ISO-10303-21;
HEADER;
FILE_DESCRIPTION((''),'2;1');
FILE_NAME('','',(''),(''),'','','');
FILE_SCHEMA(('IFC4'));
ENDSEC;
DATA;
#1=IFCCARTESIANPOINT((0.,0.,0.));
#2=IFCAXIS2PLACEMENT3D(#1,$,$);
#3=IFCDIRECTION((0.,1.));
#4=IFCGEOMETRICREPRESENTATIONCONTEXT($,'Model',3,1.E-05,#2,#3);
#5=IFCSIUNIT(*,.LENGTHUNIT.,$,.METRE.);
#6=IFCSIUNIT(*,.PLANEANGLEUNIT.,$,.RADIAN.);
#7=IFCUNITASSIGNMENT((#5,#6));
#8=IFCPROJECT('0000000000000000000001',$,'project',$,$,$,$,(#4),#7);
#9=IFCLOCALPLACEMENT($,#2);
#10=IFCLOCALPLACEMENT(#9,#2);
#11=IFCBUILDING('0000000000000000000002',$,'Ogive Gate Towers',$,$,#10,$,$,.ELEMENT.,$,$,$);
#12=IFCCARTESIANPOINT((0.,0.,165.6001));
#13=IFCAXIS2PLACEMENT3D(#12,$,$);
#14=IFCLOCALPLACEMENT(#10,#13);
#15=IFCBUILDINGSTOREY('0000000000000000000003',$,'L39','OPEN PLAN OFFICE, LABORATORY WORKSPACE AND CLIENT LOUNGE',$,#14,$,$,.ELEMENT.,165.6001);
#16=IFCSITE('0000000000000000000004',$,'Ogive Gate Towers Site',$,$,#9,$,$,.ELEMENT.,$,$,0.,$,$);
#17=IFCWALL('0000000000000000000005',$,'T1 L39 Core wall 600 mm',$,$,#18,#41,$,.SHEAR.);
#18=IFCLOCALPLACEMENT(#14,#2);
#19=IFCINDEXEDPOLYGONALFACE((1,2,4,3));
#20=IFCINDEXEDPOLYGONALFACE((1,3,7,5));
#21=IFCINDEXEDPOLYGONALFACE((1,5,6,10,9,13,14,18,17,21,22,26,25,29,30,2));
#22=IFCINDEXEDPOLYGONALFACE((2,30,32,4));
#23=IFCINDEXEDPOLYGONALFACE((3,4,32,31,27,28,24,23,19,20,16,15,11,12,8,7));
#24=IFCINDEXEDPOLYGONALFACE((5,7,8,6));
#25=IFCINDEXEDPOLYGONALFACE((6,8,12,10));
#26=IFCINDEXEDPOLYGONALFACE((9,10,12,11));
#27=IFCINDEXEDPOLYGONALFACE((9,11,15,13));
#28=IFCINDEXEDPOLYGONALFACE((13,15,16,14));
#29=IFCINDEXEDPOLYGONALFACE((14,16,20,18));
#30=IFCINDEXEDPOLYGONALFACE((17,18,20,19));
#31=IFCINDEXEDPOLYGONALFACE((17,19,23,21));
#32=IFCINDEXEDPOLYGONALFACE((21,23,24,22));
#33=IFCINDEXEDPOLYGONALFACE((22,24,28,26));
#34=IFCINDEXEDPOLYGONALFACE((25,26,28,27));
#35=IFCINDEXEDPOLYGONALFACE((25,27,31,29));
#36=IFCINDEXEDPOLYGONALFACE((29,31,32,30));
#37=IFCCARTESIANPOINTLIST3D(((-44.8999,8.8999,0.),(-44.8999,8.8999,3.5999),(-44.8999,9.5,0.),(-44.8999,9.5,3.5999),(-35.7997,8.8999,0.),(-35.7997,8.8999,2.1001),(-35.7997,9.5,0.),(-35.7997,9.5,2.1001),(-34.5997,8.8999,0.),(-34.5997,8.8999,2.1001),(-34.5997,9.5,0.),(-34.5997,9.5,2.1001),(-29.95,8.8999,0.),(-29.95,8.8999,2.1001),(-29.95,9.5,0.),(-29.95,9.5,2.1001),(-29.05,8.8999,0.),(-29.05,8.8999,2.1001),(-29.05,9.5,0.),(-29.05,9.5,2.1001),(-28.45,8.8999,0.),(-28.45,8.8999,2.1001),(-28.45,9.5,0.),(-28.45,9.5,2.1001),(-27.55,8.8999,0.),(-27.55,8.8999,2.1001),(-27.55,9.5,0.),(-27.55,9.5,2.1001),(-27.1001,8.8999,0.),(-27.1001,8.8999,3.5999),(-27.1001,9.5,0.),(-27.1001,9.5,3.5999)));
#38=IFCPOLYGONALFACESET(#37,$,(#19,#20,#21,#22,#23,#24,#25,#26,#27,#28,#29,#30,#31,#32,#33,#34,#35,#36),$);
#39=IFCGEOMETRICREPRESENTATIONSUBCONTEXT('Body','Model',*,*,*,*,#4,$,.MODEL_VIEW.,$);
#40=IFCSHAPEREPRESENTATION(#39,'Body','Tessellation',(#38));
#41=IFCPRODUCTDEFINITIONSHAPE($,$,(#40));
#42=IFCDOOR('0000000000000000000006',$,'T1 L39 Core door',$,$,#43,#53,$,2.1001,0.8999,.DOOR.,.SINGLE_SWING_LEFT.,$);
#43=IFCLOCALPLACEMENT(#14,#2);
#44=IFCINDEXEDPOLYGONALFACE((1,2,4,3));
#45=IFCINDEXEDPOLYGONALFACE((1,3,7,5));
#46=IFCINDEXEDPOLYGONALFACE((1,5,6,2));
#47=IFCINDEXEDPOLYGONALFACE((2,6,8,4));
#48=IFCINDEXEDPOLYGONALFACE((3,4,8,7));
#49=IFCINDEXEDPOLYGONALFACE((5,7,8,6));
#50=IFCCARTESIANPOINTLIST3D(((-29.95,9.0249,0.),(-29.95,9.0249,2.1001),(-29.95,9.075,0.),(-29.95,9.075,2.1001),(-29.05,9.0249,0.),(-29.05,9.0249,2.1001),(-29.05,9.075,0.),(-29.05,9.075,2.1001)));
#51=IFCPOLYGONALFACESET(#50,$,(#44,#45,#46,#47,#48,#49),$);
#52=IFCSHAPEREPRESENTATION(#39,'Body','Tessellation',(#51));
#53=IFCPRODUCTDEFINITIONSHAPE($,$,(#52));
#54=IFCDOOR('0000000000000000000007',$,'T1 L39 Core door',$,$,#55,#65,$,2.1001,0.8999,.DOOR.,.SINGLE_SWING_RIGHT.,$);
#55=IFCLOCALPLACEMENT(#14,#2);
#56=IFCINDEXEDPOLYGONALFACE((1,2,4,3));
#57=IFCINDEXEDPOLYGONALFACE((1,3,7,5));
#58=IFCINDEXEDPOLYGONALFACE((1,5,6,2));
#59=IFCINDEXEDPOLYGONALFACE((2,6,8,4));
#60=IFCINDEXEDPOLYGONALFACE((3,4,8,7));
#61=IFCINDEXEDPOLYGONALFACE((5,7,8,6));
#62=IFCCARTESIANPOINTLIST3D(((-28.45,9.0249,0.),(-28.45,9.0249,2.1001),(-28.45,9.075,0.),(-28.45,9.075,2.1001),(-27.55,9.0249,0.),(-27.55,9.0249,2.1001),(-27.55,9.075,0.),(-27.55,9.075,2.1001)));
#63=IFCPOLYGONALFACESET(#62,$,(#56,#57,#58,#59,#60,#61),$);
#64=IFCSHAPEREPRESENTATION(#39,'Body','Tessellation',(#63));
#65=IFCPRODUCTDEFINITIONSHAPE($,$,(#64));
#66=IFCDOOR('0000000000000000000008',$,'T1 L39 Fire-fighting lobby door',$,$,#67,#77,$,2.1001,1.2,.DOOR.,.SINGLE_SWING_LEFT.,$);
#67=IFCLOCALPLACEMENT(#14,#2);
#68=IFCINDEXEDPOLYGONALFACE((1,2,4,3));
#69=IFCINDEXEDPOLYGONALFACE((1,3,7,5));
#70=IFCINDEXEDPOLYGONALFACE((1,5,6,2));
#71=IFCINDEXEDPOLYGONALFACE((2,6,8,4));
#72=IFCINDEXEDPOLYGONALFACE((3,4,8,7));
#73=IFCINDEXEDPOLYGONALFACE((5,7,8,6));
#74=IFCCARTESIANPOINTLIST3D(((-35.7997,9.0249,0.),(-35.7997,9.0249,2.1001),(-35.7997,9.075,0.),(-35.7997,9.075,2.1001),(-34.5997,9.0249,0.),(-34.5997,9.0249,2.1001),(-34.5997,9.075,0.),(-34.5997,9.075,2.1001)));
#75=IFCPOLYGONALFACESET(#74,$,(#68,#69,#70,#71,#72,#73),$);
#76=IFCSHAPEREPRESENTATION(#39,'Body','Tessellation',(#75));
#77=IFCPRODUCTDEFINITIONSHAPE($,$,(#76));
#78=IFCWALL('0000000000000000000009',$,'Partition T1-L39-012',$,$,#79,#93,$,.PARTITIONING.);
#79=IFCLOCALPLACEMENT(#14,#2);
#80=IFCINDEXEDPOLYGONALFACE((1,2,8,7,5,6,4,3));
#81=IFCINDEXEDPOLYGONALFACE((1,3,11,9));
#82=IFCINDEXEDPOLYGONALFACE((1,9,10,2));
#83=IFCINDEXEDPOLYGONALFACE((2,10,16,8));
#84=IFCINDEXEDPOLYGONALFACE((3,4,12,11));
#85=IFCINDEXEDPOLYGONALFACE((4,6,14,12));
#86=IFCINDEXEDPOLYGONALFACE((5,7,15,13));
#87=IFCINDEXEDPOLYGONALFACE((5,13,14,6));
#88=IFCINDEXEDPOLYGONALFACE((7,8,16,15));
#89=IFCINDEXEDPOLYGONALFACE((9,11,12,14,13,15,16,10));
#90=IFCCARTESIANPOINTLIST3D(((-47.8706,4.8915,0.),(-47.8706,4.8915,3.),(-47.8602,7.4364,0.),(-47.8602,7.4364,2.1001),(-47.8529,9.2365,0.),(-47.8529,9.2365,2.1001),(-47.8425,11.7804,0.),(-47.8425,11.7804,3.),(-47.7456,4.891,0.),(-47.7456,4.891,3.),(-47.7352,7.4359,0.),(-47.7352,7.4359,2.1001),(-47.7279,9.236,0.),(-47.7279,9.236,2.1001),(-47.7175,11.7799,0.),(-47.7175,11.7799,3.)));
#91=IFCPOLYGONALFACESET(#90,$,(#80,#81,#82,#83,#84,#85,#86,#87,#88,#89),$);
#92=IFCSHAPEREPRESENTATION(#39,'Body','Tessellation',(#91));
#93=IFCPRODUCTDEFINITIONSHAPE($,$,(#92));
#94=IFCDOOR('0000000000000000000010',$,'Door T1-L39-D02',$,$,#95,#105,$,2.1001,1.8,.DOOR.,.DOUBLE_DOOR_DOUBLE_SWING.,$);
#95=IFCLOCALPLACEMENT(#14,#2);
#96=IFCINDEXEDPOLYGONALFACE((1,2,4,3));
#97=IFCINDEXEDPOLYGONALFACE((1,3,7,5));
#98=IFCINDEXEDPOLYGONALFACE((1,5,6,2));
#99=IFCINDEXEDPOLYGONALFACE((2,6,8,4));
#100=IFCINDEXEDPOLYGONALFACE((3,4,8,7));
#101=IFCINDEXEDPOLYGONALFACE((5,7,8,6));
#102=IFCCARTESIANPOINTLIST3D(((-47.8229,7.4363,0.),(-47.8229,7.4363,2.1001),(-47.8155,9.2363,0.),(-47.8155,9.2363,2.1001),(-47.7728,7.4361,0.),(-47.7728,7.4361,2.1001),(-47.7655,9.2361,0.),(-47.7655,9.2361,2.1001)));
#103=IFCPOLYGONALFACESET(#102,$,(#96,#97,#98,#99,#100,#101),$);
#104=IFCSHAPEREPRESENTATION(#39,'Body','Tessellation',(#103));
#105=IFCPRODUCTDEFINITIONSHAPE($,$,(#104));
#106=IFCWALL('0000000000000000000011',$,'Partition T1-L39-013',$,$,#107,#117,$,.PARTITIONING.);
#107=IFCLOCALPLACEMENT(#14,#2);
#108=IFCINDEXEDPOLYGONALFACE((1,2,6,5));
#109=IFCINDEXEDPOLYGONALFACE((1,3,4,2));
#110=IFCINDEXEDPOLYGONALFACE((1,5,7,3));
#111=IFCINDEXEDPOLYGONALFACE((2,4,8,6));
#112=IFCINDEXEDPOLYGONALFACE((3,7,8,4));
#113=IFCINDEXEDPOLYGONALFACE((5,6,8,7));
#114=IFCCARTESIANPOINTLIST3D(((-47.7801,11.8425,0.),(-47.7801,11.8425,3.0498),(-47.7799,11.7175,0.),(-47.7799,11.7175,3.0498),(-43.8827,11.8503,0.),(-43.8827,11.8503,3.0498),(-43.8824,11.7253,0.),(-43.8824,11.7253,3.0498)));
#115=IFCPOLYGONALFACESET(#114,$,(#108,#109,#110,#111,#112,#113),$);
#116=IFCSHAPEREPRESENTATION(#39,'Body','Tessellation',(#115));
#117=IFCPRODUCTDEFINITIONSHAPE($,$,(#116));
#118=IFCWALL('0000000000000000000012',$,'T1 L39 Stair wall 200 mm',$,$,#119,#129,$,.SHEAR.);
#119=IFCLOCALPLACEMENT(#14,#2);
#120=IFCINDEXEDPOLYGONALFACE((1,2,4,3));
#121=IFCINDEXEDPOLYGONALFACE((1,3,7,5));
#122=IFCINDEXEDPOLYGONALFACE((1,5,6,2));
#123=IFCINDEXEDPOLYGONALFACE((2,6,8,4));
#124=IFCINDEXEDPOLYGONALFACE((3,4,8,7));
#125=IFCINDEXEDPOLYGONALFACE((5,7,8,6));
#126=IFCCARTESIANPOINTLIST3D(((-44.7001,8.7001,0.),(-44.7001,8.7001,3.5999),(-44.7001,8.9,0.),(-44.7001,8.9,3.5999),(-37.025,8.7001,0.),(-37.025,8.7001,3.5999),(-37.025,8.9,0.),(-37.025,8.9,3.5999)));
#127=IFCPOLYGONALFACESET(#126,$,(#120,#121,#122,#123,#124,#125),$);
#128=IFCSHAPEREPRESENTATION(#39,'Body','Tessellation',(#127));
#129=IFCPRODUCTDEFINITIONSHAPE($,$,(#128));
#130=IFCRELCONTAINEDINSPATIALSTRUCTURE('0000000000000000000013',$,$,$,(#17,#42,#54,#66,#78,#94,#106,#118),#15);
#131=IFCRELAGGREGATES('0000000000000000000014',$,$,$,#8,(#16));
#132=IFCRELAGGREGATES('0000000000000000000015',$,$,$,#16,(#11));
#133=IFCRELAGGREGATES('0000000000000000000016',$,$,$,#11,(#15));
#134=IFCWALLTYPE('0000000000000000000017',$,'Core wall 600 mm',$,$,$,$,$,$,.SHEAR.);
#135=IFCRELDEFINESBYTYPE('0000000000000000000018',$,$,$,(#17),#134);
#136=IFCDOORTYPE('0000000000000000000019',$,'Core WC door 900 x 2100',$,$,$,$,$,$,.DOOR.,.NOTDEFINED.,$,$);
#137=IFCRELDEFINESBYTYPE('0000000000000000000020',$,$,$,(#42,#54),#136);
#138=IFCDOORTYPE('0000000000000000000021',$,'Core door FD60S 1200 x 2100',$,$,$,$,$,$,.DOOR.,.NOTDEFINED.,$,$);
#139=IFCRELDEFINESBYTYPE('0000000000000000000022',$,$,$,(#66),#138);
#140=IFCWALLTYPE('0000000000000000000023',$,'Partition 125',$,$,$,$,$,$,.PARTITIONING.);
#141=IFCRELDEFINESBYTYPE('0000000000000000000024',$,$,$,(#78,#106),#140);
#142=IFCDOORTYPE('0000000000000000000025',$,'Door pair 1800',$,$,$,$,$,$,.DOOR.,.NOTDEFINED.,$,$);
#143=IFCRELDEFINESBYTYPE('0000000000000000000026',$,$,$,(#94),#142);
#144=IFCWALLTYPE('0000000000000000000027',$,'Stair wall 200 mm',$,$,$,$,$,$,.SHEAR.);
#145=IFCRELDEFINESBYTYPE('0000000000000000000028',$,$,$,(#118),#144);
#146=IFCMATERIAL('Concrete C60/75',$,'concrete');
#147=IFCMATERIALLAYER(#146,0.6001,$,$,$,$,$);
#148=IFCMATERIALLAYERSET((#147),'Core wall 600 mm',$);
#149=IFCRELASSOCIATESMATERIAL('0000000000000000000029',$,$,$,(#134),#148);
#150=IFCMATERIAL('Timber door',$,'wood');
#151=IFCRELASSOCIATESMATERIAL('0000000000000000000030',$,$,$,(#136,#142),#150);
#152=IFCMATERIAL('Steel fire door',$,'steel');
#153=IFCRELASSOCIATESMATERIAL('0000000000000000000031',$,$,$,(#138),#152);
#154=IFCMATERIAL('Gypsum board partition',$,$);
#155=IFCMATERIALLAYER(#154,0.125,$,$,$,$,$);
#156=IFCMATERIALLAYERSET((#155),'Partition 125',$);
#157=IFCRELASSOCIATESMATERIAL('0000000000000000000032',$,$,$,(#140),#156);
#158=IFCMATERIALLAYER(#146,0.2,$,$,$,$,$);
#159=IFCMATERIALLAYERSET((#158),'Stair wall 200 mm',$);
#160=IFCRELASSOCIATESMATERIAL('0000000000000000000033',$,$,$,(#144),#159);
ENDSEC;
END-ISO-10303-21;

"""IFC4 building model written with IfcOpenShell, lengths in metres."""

from ifc_helpers import new_model, si_unit, direction, frame, frame_2d, origin, place, context, subcontext, project, spatial, rectangle, extrude, material, layer, layer_set, type_object, element, fill, save


model = new_model("IFC4")

# Units and contexts
model_context = context("Model", 3, precision=1e-05, world=origin(), true_north=direction((0.0, 1.0)))
body_context = subcontext(model_context, "Body", "Model", "MODEL_VIEW")
ifc_project = project(units=[si_unit("LENGTHUNIT", "METRE"), si_unit("PLANEANGLEUNIT", "RADIAN")], contexts=[model_context])

# Site, building, storey
site_placement = place(None, origin())
site = spatial("IfcSite", under=ifc_project, at=site_placement, Name="Ogive Gate Towers Site", CompositionType="ELEMENT", RefElevation=0.0)
building_placement = place(site_placement, origin())
building = spatial("IfcBuilding", under=site, at=building_placement, Name="Ogive Gate Towers", CompositionType="ELEMENT")
storey_placement = place(building_placement, frame((0.0, 0.0, 165.6001)))
storey = spatial("IfcBuildingStorey", under=building, at=storey_placement, Name="L39", Description="OPEN PLAN OFFICE, LABORATORY WORKSPACE AND CLIENT LOUNGE", CompositionType="ELEMENT", Elevation=165.6001)

# Wall, openings, doors
ifc_material_1 = material(Name="Concrete C60/75", Category="concrete")
ifc_layer_1 = layer(ifc_material_1, 0.6001)
ifc_layer_set_1 = layer_set([ifc_layer_1], Name="Core wall 600 mm")
wall_type_1 = type_object("IfcWallType", Name="Core wall 600 mm", PredefinedType="SHEAR", material=ifc_layer_set_1)
wall_1_placement = place(storey_placement, frame((-44.8999, 9.2, 0.0), z_axis=(0.0, 0.0, 1.0), x_axis=(1.0, 0.0, 0.0)))
wall_1 = element("IfcWall", 1, at=wall_1_placement, inside=storey, type_object=wall_type_1, Name="T1 L39 Core wall 600 mm", PredefinedType="SHEAR", context=body_context, shape_type="SweptSolid", body=[
    extrude(rectangle(XDim=17.7998, YDim=0.6001, at=frame_2d((8.8999, 0.0))), origin(), (0.0, 0.0, 1.0), 3.5999),
])
opening_1_placement = place(wall_1_placement, frame((9.1001, 0.0, 0.0)))
opening_1 = element("IfcOpeningElement", 2, at=opening_1_placement, cuts=wall_1, PredefinedType="OPENING", context=body_context, shape_type="SweptSolid", body=[
    extrude(rectangle(XDim=1.2, YDim=2.1001, at=frame_2d((0.6001, 1.05))), frame((0.0, 0.3101, 0.0), z_axis=(0.0, -1.0, 0.0), x_axis=(1.0, 0.0, 0.0)), (0.0, 0.0, 1.0), 0.6201),
])
opening_2_placement = place(wall_1_placement, frame((14.95, 0.0, 0.0)))
opening_2 = element("IfcOpeningElement", 3, at=opening_2_placement, cuts=wall_1, PredefinedType="OPENING", context=body_context, shape_type="SweptSolid", body=[
    extrude(rectangle(XDim=0.8999, YDim=2.1001, at=frame_2d((0.45, 1.05))), frame((0.0, 0.3101, 0.0), z_axis=(0.0, -1.0, 0.0), x_axis=(1.0, 0.0, 0.0)), (0.0, 0.0, 1.0), 0.6201),
])
opening_3_placement = place(wall_1_placement, frame((16.45, 0.0, 0.0)))
opening_3 = element("IfcOpeningElement", 4, at=opening_3_placement, cuts=wall_1, PredefinedType="OPENING", context=body_context, shape_type="SweptSolid", body=[
    extrude(rectangle(XDim=0.8999, YDim=2.1001, at=frame_2d((0.45, 1.05))), frame((0.0, 0.3101, 0.0), z_axis=(0.0, -1.0, 0.0), x_axis=(1.0, 0.0, 0.0)), (0.0, 0.0, 1.0), 0.6201),
])
ifc_material_2 = material(Name="Timber door", Category="wood")
door_type_1 = type_object("IfcDoorType", Name="Core WC door 900 x 2100", OperationType="NOTDEFINED", PredefinedType="DOOR", material=ifc_material_2)
door_1_placement = place(opening_2_placement, origin())
door_1 = element("IfcDoor", 5, at=door_1_placement, inside=storey, type_object=door_type_1, Name="T1 L39 Core door", OperationType="SINGLE_SWING_LEFT", OverallHeight=2.1001, OverallWidth=0.8999, PredefinedType="DOOR", context=body_context, shape_type="SweptSolid", body=[
    extrude(rectangle(XDim=0.8999, YDim=2.1001, at=frame_2d((0.45, 1.05))), frame((0.0, -0.125, 0.0), z_axis=(0.0, -1.0, 0.0), x_axis=(1.0, 0.0, 0.0)), (0.0, 0.0, 1.0), 0.05),
])
fill(opening_2, door_1)
door_2_placement = place(opening_3_placement, origin())
door_2 = element("IfcDoor", 6, at=door_2_placement, inside=storey, type_object=door_type_1, Name="T1 L39 Core door", OperationType="SINGLE_SWING_RIGHT", OverallHeight=2.1001, OverallWidth=0.8999, PredefinedType="DOOR", context=body_context, shape_type="SweptSolid", body=[
    extrude(rectangle(XDim=0.8999, YDim=2.1001, at=frame_2d((0.45, 1.05))), frame((0.0, -0.125, 0.0), z_axis=(0.0, -1.0, 0.0), x_axis=(1.0, 0.0, 0.0)), (0.0, 0.0, 1.0), 0.05),
])
fill(opening_3, door_2)
ifc_material_3 = material(Name="Steel fire door", Category="steel")
door_type_2 = type_object("IfcDoorType", Name="Core door FD60S 1200 x 2100", OperationType="NOTDEFINED", PredefinedType="DOOR", material=ifc_material_3)
door_3_placement = place(opening_1_placement, origin())
door_3 = element("IfcDoor", 7, at=door_3_placement, inside=storey, type_object=door_type_2, Name="T1 L39 Fire-fighting lobby door", OperationType="SINGLE_SWING_LEFT", OverallHeight=2.1001, OverallWidth=1.2, PredefinedType="DOOR", context=body_context, shape_type="SweptSolid", body=[
    extrude(rectangle(XDim=1.2, YDim=2.1001, at=frame_2d((0.6001, 1.05))), frame((0.0, -0.125, 0.0), z_axis=(0.0, -1.0, 0.0), x_axis=(1.0, 0.0, 0.0)), (0.0, 0.0, 1.0), 0.05),
])
fill(opening_1, door_3)

# Wall, opening, door
ifc_material_4 = material(Name="Gypsum board partition")
ifc_layer_2 = layer(ifc_material_4, 0.125)
ifc_layer_set_2 = layer_set([ifc_layer_2], Name="Partition 125")
wall_type_2 = type_object("IfcWallType", Name="Partition 125", PredefinedType="PARTITIONING", material=ifc_layer_set_2)
wall_2_placement = place(storey_placement, frame((-47.78, 11.78, 0.0), z_axis=(0.0, 0.0, 1.0), x_axis=(-0.004076, -0.999992, 0.0)))
wall_2 = element("IfcWall", 8, at=wall_2_placement, inside=storey, type_object=wall_type_2, Name="Partition T1-L39-012", PredefinedType="PARTITIONING", context=body_context, shape_type="SweptSolid", body=[
    extrude(rectangle(XDim=6.8889, YDim=0.125, at=frame_2d((3.4443, 0.0))), origin(), (0.0, 0.0, 1.0), 3.0),
])
opening_4_placement = place(wall_2_placement, frame((2.5439, 0.0, 0.0)))
opening_4 = element("IfcOpeningElement", 9, at=opening_4_placement, cuts=wall_2, PredefinedType="OPENING", context=body_context, shape_type="SweptSolid", body=[
    extrude(rectangle(XDim=1.8, YDim=2.1001, at=frame_2d((0.8999, 1.05))), frame((0.0, 0.0725, 0.0), z_axis=(0.0, -1.0, 0.0), x_axis=(1.0, 0.0, 0.0)), (0.0, 0.0, 1.0), 0.145),
])
door_type_3 = type_object("IfcDoorType", Name="Door pair 1800", OperationType="NOTDEFINED", PredefinedType="DOOR", material=ifc_material_2)
door_4_placement = place(opening_4_placement, origin())
door_4 = element("IfcDoor", 10, at=door_4_placement, inside=storey, type_object=door_type_3, Name="Door T1-L39-D02", OperationType="DOUBLE_DOOR_DOUBLE_SWING", OverallHeight=2.1001, OverallWidth=1.8, PredefinedType="DOOR", context=body_context, shape_type="SweptSolid", body=[
    extrude(rectangle(XDim=1.8, YDim=2.1001, at=frame_2d((0.8999, 1.05))), frame((0.0, 0.0249, 0.0), z_axis=(0.0, -1.0, 0.0), x_axis=(1.0, 0.0, 0.0)), (0.0, 0.0, 1.0), 0.05),
])
fill(opening_4, door_4)

# Walls
wall_3_placement = place(storey_placement, frame((-43.8826, 11.7878, 0.0), z_axis=(0.0, 0.0, 1.0), x_axis=(-0.999998, -0.002005, 0.0)))
element("IfcWall", 11, at=wall_3_placement, inside=storey, type_object=wall_type_2, Name="Partition T1-L39-013", PredefinedType="PARTITIONING", context=body_context, shape_type="SweptSolid", body=[
    extrude(rectangle(XDim=3.8975, YDim=0.125, at=frame_2d((1.9487, 0.0))), origin(), (0.0, 0.0, 1.0), 3.0498),
])
ifc_layer_3 = layer(ifc_material_1, 0.2)
ifc_layer_set_3 = layer_set([ifc_layer_3], Name="Stair wall 200 mm")
wall_type_3 = type_object("IfcWallType", Name="Stair wall 200 mm", PredefinedType="SHEAR", material=ifc_layer_set_3)
wall_4_placement = place(storey_placement, frame((-44.7, 8.8, 0.0), z_axis=(0.0, 0.0, 1.0), x_axis=(1.0, 0.0, 0.0)))
element("IfcWall", 12, at=wall_4_placement, inside=storey, type_object=wall_type_3, Name="T1 L39 Stair wall 200 mm", PredefinedType="SHEAR", context=body_context, shape_type="SweptSolid", body=[
    extrude(rectangle(XDim=7.675, YDim=0.2, at=frame_2d((3.8374, 0.0))), origin(), (0.0, 0.0, 1.0), 3.5999),
])

save(model, "model.ifc")
